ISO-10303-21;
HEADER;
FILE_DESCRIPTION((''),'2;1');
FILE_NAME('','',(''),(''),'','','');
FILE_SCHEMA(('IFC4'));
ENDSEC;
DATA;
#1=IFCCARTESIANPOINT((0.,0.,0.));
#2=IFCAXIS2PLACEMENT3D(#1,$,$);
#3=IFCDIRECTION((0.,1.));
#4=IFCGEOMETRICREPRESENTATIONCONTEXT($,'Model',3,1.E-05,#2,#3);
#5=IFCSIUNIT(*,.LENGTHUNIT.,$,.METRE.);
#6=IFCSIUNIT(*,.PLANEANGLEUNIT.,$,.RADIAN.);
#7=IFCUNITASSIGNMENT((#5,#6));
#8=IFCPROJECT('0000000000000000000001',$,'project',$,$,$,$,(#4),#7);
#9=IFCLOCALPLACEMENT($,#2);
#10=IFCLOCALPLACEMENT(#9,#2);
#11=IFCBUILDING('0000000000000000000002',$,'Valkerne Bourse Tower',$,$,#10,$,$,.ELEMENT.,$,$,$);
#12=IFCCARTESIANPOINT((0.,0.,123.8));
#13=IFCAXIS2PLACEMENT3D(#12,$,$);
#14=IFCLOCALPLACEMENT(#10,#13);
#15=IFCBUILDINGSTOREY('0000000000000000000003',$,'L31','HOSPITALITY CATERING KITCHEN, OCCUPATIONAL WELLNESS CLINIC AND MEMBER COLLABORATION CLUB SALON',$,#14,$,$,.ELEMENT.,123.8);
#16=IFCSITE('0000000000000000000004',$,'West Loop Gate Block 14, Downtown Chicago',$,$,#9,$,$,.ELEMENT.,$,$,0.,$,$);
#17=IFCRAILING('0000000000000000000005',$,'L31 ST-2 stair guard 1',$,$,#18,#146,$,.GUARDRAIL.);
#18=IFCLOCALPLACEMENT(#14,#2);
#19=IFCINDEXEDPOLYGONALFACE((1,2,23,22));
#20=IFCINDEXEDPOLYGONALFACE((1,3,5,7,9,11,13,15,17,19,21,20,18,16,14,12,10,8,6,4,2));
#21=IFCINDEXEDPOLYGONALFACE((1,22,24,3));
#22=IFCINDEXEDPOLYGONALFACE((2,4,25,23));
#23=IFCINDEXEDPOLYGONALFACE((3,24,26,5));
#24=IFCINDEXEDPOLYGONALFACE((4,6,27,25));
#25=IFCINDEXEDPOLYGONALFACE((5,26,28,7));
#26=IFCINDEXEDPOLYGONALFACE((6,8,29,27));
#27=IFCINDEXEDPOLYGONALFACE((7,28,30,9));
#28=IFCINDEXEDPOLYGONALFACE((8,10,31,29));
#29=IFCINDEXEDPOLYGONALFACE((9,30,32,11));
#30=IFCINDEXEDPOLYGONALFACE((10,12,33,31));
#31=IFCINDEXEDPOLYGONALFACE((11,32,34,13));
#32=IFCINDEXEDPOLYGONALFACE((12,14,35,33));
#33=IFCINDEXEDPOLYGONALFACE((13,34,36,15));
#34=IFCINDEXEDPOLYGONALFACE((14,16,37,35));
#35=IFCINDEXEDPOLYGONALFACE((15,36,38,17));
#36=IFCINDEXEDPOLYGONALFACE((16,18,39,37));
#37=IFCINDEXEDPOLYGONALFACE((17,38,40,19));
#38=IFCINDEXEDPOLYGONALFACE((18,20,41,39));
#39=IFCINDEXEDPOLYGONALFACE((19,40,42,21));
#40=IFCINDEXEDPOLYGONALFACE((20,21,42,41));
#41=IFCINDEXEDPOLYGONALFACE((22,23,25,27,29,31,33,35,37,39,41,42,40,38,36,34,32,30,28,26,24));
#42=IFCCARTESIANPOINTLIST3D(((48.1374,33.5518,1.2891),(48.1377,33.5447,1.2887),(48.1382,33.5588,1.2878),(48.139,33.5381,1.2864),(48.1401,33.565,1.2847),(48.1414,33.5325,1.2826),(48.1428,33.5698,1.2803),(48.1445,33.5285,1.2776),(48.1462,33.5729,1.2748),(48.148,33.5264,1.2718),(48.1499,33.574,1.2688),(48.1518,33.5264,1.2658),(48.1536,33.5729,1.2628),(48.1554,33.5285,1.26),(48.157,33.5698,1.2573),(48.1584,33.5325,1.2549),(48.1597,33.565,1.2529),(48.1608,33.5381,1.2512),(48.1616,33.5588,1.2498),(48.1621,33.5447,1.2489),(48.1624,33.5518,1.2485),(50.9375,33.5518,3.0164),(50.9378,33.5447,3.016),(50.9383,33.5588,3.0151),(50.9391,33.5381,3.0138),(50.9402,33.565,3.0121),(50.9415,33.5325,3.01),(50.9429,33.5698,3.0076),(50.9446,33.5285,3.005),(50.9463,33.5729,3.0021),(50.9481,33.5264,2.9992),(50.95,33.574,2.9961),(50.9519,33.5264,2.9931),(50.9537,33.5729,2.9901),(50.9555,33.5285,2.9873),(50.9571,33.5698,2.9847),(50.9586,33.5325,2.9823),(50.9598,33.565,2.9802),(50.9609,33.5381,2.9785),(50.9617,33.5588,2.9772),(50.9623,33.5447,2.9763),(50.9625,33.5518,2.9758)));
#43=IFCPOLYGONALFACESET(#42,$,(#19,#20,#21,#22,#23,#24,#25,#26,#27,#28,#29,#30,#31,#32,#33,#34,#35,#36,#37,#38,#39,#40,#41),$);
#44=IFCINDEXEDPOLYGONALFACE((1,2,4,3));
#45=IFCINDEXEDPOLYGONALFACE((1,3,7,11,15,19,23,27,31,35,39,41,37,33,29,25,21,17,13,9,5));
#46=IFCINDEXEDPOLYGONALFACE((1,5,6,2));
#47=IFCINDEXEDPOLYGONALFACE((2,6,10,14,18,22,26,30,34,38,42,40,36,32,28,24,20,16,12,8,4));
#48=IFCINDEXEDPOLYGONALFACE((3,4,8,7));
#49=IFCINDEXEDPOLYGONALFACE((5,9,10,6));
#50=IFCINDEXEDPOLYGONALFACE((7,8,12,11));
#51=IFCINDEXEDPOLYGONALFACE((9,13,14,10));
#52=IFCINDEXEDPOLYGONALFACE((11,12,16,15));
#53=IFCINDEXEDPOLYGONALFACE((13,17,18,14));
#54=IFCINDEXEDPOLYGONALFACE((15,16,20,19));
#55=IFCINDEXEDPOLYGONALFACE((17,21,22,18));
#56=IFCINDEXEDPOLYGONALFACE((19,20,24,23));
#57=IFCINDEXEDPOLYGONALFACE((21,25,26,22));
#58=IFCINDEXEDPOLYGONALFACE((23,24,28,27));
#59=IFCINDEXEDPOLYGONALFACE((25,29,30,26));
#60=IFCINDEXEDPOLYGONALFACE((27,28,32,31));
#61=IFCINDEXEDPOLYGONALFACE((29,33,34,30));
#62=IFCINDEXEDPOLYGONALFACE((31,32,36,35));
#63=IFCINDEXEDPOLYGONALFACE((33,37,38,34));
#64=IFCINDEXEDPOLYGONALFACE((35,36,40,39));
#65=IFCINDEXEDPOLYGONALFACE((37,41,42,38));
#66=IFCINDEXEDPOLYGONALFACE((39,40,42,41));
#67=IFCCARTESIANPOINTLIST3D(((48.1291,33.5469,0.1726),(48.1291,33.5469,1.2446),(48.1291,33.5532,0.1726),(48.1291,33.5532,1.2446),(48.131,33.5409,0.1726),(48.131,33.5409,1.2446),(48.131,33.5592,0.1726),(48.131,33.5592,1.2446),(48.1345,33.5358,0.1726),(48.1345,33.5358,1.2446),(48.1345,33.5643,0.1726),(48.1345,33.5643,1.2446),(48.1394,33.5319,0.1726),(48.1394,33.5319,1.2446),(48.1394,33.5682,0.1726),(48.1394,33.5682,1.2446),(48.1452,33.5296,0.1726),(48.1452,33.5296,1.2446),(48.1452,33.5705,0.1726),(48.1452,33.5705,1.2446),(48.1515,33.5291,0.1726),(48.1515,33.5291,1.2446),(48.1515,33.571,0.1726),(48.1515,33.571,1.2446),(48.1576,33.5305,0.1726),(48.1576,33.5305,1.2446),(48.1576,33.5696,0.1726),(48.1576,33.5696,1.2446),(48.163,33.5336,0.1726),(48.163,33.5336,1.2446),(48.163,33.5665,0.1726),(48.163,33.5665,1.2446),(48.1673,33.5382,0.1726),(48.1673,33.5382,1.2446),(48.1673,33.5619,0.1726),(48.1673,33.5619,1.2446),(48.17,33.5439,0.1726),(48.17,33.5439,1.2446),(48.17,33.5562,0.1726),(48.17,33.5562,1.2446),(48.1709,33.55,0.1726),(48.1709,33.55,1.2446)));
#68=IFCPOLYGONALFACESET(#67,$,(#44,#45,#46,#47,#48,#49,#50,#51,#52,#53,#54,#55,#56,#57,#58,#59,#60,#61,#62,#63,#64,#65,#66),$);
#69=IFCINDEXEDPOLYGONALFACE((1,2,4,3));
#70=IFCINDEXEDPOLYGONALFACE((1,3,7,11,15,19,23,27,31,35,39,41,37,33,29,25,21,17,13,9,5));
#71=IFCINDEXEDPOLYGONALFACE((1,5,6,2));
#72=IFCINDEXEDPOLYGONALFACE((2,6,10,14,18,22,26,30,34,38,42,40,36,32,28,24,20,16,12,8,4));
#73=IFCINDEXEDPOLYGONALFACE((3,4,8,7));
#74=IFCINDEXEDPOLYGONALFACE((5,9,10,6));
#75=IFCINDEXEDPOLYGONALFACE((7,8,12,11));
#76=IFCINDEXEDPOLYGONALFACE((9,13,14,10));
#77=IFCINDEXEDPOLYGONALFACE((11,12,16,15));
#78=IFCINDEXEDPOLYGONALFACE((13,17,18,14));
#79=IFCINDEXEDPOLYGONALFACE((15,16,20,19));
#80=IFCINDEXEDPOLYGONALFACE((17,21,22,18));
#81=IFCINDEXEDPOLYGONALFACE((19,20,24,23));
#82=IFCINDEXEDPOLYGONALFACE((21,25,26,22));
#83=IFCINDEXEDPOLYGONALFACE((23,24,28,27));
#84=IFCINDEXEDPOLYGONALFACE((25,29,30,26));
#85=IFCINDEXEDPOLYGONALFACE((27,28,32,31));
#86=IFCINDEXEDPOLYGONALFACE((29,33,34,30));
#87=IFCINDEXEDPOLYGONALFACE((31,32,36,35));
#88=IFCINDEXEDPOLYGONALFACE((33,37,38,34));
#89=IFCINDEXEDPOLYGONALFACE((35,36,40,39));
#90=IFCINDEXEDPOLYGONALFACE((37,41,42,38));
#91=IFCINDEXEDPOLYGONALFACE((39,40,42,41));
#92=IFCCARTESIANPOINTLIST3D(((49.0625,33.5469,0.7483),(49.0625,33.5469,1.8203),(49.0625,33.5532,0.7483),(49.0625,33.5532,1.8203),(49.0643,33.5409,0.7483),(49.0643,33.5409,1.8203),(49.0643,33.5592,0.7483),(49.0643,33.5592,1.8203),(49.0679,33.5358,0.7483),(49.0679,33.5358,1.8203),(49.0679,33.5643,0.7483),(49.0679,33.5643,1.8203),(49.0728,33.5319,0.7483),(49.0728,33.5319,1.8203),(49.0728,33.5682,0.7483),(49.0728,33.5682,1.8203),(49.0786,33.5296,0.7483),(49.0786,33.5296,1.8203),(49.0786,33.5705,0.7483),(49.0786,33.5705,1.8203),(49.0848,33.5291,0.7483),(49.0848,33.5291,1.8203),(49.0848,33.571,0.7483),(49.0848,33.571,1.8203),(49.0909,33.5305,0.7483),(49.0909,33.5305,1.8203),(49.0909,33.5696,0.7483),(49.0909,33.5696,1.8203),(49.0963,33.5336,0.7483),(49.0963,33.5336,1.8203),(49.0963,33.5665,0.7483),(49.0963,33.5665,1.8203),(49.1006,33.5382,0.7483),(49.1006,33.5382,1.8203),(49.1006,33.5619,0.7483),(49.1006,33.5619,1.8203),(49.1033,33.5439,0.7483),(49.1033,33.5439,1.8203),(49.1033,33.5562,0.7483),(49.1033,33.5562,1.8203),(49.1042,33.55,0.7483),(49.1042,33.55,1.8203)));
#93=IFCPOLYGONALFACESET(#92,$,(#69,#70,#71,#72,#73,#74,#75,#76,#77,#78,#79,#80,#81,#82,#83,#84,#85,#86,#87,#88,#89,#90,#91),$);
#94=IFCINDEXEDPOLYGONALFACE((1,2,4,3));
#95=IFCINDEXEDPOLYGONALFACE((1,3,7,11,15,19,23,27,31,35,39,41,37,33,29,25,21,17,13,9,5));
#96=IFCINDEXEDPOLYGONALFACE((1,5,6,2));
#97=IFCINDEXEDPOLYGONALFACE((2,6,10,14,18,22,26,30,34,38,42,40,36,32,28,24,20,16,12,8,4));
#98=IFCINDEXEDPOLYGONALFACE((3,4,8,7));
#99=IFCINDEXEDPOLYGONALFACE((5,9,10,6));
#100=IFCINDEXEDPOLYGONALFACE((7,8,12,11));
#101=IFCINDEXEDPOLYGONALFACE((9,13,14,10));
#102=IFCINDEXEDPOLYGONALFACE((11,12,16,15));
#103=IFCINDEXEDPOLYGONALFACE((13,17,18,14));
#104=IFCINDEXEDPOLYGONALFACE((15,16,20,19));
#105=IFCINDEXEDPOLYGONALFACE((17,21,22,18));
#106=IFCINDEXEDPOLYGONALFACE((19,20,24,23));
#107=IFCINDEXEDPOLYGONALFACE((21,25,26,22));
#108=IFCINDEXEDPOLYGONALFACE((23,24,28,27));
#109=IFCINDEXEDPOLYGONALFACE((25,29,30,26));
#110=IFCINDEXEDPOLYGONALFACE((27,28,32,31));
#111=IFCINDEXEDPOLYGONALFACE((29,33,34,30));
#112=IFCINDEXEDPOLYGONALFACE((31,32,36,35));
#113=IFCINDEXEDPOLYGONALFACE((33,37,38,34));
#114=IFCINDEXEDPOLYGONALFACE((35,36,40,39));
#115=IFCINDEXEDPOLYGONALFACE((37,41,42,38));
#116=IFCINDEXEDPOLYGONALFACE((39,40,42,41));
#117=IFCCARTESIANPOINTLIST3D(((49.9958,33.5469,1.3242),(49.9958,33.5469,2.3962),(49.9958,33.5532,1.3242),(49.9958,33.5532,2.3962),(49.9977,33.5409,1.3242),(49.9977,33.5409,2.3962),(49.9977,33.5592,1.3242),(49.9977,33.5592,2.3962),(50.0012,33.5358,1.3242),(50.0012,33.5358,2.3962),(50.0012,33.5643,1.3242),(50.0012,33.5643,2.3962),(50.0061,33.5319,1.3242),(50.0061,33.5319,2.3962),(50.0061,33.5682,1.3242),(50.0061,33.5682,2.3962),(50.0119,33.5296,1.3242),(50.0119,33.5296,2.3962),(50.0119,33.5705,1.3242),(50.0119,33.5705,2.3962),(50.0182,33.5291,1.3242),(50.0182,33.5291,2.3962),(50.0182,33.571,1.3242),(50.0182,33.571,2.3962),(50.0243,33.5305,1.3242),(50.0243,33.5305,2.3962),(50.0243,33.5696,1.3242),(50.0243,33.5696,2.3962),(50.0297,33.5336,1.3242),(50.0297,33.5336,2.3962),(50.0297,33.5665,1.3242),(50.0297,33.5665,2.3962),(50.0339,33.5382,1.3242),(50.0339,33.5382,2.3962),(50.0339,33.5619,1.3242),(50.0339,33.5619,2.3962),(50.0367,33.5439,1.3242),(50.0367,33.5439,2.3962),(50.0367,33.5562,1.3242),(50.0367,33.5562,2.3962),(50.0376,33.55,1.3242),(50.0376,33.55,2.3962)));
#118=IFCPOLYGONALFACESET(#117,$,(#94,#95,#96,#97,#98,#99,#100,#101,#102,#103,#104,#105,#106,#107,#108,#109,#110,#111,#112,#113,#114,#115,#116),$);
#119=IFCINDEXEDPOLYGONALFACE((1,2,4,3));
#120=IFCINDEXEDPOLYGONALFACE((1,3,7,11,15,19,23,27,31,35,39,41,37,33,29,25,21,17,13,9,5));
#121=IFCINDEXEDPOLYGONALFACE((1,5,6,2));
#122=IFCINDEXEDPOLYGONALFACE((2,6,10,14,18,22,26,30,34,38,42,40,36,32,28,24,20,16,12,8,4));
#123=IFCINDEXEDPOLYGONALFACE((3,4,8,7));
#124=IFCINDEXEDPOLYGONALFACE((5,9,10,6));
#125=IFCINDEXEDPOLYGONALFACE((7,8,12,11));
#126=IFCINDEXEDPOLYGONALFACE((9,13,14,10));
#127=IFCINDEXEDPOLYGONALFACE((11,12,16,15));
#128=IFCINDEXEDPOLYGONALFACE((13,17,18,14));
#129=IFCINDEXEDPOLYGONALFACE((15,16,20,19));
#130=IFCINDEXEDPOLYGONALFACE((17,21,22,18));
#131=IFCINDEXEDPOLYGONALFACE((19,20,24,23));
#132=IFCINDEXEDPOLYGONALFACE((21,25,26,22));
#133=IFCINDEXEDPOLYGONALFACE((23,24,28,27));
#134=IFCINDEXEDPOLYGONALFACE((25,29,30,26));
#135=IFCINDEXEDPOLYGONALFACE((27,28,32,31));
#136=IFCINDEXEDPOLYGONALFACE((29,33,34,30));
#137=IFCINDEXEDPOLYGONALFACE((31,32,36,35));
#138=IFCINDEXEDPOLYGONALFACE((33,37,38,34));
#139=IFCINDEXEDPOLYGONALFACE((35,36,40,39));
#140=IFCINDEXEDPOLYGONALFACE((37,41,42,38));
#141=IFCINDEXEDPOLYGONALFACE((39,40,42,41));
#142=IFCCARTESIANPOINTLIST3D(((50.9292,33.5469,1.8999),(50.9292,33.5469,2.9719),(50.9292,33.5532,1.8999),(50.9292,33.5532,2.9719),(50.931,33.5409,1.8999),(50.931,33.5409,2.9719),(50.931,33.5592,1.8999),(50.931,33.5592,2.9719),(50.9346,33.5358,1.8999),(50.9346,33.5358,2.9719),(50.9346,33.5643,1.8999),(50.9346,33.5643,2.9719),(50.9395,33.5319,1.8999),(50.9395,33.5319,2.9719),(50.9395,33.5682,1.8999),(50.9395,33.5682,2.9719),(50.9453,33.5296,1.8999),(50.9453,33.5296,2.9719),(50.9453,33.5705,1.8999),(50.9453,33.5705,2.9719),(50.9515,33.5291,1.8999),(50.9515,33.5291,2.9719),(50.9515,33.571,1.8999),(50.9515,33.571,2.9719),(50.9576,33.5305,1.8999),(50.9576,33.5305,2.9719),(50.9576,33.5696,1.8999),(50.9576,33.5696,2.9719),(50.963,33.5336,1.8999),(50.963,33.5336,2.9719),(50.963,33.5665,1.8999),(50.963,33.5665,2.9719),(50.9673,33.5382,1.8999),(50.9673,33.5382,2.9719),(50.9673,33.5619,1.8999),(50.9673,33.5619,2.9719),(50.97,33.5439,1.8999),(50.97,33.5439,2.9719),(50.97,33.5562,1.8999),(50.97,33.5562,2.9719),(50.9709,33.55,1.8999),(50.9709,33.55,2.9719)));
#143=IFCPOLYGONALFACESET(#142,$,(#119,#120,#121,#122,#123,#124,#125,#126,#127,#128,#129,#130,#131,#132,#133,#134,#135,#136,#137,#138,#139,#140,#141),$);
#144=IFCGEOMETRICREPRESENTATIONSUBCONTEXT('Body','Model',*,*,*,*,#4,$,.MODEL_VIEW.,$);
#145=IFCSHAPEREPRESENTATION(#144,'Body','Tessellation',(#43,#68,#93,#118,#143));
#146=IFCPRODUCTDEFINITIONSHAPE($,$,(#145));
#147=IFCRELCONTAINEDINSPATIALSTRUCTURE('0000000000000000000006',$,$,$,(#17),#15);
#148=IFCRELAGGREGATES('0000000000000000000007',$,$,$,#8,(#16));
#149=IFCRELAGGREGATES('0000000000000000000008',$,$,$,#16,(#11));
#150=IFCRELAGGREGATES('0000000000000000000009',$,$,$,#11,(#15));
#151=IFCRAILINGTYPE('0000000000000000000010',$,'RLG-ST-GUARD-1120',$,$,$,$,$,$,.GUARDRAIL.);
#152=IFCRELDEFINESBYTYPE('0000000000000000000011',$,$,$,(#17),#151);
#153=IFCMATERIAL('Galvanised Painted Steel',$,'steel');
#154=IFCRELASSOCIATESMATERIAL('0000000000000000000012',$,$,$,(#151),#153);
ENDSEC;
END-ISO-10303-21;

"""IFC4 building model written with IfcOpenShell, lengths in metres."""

from ifc_helpers import new_model, si_unit, direction, frame, origin, origin_2d, place, context, subcontext, project, spatial, circle, extrude, material, type_object, element, save


model = new_model("IFC4")

# Units and contexts
model_context = context("Model", 3, precision=1e-05, world=origin(), true_north=direction((0.0, 1.0)))
body_context = subcontext(model_context, "Body", "Model", "MODEL_VIEW")
ifc_project = project(units=[si_unit("LENGTHUNIT", "METRE"), si_unit("PLANEANGLEUNIT", "RADIAN")], contexts=[model_context])

# Site, building, storey
site_placement = place(None, origin())
site = spatial("IfcSite", under=ifc_project, at=site_placement, Name="West Loop Gate Block 14, Downtown Chicago", CompositionType="ELEMENT", RefElevation=0.0)
building_placement = place(site_placement, origin())
building = spatial("IfcBuilding", under=site, at=building_placement, Name="Valkerne Bourse Tower", CompositionType="ELEMENT")
storey_placement = place(building_placement, frame((0.0, 0.0, 123.8)))
storey = spatial("IfcBuildingStorey", under=building, at=storey_placement, Name="L31", Description="HOSPITALITY CATERING KITCHEN, OCCUPATIONAL WELLNESS CLINIC AND MEMBER COLLABORATION CLUB SALON", CompositionType="ELEMENT", Elevation=123.8)

# Shared definitions
ifc_material_1 = material(Name="Galvanised Painted Steel", Category="steel")

# Railing
railing_type_1 = type_object("IfcRailingType", Name="RLG-ST-GUARD-1120", PredefinedType="GUARDRAIL", material=ifc_material_1)
railing_1_placement = place(storey_placement, frame((48.1499, 33.55, 0.1726)))
element("IfcRailing", 1, at=railing_1_placement, inside=storey, type_object=railing_type_1, Name="L31 ST-2 stair guard 1", PredefinedType="GUARDRAIL", context=body_context, shape_type="SweptSolid", body=[
    extrude(circle(Radius=0.0239, at=origin_2d()), frame((0.0, 0.0, 1.0962), z_axis=(0.85109, 0.0, 0.52502), x_axis=(0.0, 1.0, 0.0)), (0.0, 0.0, 1.0), 3.29),
    extrude(circle(Radius=0.021, at=origin_2d()), origin(), (0.0, 0.0, 1.0), 1.072),
    extrude(circle(Radius=0.021, at=origin_2d()), frame((0.9333, 0.0, 0.5757)), (0.0, 0.0, 1.0), 1.072),
    extrude(circle(Radius=0.021, at=origin_2d()), frame((1.8667, 0.0, 1.1516)), (0.0, 0.0, 1.0), 1.072),
    extrude(circle(Radius=0.021, at=origin_2d()), frame((2.8, 0.0, 1.7273)), (0.0, 0.0, 1.0), 1.072),
])

save(model, "model.ifc")
